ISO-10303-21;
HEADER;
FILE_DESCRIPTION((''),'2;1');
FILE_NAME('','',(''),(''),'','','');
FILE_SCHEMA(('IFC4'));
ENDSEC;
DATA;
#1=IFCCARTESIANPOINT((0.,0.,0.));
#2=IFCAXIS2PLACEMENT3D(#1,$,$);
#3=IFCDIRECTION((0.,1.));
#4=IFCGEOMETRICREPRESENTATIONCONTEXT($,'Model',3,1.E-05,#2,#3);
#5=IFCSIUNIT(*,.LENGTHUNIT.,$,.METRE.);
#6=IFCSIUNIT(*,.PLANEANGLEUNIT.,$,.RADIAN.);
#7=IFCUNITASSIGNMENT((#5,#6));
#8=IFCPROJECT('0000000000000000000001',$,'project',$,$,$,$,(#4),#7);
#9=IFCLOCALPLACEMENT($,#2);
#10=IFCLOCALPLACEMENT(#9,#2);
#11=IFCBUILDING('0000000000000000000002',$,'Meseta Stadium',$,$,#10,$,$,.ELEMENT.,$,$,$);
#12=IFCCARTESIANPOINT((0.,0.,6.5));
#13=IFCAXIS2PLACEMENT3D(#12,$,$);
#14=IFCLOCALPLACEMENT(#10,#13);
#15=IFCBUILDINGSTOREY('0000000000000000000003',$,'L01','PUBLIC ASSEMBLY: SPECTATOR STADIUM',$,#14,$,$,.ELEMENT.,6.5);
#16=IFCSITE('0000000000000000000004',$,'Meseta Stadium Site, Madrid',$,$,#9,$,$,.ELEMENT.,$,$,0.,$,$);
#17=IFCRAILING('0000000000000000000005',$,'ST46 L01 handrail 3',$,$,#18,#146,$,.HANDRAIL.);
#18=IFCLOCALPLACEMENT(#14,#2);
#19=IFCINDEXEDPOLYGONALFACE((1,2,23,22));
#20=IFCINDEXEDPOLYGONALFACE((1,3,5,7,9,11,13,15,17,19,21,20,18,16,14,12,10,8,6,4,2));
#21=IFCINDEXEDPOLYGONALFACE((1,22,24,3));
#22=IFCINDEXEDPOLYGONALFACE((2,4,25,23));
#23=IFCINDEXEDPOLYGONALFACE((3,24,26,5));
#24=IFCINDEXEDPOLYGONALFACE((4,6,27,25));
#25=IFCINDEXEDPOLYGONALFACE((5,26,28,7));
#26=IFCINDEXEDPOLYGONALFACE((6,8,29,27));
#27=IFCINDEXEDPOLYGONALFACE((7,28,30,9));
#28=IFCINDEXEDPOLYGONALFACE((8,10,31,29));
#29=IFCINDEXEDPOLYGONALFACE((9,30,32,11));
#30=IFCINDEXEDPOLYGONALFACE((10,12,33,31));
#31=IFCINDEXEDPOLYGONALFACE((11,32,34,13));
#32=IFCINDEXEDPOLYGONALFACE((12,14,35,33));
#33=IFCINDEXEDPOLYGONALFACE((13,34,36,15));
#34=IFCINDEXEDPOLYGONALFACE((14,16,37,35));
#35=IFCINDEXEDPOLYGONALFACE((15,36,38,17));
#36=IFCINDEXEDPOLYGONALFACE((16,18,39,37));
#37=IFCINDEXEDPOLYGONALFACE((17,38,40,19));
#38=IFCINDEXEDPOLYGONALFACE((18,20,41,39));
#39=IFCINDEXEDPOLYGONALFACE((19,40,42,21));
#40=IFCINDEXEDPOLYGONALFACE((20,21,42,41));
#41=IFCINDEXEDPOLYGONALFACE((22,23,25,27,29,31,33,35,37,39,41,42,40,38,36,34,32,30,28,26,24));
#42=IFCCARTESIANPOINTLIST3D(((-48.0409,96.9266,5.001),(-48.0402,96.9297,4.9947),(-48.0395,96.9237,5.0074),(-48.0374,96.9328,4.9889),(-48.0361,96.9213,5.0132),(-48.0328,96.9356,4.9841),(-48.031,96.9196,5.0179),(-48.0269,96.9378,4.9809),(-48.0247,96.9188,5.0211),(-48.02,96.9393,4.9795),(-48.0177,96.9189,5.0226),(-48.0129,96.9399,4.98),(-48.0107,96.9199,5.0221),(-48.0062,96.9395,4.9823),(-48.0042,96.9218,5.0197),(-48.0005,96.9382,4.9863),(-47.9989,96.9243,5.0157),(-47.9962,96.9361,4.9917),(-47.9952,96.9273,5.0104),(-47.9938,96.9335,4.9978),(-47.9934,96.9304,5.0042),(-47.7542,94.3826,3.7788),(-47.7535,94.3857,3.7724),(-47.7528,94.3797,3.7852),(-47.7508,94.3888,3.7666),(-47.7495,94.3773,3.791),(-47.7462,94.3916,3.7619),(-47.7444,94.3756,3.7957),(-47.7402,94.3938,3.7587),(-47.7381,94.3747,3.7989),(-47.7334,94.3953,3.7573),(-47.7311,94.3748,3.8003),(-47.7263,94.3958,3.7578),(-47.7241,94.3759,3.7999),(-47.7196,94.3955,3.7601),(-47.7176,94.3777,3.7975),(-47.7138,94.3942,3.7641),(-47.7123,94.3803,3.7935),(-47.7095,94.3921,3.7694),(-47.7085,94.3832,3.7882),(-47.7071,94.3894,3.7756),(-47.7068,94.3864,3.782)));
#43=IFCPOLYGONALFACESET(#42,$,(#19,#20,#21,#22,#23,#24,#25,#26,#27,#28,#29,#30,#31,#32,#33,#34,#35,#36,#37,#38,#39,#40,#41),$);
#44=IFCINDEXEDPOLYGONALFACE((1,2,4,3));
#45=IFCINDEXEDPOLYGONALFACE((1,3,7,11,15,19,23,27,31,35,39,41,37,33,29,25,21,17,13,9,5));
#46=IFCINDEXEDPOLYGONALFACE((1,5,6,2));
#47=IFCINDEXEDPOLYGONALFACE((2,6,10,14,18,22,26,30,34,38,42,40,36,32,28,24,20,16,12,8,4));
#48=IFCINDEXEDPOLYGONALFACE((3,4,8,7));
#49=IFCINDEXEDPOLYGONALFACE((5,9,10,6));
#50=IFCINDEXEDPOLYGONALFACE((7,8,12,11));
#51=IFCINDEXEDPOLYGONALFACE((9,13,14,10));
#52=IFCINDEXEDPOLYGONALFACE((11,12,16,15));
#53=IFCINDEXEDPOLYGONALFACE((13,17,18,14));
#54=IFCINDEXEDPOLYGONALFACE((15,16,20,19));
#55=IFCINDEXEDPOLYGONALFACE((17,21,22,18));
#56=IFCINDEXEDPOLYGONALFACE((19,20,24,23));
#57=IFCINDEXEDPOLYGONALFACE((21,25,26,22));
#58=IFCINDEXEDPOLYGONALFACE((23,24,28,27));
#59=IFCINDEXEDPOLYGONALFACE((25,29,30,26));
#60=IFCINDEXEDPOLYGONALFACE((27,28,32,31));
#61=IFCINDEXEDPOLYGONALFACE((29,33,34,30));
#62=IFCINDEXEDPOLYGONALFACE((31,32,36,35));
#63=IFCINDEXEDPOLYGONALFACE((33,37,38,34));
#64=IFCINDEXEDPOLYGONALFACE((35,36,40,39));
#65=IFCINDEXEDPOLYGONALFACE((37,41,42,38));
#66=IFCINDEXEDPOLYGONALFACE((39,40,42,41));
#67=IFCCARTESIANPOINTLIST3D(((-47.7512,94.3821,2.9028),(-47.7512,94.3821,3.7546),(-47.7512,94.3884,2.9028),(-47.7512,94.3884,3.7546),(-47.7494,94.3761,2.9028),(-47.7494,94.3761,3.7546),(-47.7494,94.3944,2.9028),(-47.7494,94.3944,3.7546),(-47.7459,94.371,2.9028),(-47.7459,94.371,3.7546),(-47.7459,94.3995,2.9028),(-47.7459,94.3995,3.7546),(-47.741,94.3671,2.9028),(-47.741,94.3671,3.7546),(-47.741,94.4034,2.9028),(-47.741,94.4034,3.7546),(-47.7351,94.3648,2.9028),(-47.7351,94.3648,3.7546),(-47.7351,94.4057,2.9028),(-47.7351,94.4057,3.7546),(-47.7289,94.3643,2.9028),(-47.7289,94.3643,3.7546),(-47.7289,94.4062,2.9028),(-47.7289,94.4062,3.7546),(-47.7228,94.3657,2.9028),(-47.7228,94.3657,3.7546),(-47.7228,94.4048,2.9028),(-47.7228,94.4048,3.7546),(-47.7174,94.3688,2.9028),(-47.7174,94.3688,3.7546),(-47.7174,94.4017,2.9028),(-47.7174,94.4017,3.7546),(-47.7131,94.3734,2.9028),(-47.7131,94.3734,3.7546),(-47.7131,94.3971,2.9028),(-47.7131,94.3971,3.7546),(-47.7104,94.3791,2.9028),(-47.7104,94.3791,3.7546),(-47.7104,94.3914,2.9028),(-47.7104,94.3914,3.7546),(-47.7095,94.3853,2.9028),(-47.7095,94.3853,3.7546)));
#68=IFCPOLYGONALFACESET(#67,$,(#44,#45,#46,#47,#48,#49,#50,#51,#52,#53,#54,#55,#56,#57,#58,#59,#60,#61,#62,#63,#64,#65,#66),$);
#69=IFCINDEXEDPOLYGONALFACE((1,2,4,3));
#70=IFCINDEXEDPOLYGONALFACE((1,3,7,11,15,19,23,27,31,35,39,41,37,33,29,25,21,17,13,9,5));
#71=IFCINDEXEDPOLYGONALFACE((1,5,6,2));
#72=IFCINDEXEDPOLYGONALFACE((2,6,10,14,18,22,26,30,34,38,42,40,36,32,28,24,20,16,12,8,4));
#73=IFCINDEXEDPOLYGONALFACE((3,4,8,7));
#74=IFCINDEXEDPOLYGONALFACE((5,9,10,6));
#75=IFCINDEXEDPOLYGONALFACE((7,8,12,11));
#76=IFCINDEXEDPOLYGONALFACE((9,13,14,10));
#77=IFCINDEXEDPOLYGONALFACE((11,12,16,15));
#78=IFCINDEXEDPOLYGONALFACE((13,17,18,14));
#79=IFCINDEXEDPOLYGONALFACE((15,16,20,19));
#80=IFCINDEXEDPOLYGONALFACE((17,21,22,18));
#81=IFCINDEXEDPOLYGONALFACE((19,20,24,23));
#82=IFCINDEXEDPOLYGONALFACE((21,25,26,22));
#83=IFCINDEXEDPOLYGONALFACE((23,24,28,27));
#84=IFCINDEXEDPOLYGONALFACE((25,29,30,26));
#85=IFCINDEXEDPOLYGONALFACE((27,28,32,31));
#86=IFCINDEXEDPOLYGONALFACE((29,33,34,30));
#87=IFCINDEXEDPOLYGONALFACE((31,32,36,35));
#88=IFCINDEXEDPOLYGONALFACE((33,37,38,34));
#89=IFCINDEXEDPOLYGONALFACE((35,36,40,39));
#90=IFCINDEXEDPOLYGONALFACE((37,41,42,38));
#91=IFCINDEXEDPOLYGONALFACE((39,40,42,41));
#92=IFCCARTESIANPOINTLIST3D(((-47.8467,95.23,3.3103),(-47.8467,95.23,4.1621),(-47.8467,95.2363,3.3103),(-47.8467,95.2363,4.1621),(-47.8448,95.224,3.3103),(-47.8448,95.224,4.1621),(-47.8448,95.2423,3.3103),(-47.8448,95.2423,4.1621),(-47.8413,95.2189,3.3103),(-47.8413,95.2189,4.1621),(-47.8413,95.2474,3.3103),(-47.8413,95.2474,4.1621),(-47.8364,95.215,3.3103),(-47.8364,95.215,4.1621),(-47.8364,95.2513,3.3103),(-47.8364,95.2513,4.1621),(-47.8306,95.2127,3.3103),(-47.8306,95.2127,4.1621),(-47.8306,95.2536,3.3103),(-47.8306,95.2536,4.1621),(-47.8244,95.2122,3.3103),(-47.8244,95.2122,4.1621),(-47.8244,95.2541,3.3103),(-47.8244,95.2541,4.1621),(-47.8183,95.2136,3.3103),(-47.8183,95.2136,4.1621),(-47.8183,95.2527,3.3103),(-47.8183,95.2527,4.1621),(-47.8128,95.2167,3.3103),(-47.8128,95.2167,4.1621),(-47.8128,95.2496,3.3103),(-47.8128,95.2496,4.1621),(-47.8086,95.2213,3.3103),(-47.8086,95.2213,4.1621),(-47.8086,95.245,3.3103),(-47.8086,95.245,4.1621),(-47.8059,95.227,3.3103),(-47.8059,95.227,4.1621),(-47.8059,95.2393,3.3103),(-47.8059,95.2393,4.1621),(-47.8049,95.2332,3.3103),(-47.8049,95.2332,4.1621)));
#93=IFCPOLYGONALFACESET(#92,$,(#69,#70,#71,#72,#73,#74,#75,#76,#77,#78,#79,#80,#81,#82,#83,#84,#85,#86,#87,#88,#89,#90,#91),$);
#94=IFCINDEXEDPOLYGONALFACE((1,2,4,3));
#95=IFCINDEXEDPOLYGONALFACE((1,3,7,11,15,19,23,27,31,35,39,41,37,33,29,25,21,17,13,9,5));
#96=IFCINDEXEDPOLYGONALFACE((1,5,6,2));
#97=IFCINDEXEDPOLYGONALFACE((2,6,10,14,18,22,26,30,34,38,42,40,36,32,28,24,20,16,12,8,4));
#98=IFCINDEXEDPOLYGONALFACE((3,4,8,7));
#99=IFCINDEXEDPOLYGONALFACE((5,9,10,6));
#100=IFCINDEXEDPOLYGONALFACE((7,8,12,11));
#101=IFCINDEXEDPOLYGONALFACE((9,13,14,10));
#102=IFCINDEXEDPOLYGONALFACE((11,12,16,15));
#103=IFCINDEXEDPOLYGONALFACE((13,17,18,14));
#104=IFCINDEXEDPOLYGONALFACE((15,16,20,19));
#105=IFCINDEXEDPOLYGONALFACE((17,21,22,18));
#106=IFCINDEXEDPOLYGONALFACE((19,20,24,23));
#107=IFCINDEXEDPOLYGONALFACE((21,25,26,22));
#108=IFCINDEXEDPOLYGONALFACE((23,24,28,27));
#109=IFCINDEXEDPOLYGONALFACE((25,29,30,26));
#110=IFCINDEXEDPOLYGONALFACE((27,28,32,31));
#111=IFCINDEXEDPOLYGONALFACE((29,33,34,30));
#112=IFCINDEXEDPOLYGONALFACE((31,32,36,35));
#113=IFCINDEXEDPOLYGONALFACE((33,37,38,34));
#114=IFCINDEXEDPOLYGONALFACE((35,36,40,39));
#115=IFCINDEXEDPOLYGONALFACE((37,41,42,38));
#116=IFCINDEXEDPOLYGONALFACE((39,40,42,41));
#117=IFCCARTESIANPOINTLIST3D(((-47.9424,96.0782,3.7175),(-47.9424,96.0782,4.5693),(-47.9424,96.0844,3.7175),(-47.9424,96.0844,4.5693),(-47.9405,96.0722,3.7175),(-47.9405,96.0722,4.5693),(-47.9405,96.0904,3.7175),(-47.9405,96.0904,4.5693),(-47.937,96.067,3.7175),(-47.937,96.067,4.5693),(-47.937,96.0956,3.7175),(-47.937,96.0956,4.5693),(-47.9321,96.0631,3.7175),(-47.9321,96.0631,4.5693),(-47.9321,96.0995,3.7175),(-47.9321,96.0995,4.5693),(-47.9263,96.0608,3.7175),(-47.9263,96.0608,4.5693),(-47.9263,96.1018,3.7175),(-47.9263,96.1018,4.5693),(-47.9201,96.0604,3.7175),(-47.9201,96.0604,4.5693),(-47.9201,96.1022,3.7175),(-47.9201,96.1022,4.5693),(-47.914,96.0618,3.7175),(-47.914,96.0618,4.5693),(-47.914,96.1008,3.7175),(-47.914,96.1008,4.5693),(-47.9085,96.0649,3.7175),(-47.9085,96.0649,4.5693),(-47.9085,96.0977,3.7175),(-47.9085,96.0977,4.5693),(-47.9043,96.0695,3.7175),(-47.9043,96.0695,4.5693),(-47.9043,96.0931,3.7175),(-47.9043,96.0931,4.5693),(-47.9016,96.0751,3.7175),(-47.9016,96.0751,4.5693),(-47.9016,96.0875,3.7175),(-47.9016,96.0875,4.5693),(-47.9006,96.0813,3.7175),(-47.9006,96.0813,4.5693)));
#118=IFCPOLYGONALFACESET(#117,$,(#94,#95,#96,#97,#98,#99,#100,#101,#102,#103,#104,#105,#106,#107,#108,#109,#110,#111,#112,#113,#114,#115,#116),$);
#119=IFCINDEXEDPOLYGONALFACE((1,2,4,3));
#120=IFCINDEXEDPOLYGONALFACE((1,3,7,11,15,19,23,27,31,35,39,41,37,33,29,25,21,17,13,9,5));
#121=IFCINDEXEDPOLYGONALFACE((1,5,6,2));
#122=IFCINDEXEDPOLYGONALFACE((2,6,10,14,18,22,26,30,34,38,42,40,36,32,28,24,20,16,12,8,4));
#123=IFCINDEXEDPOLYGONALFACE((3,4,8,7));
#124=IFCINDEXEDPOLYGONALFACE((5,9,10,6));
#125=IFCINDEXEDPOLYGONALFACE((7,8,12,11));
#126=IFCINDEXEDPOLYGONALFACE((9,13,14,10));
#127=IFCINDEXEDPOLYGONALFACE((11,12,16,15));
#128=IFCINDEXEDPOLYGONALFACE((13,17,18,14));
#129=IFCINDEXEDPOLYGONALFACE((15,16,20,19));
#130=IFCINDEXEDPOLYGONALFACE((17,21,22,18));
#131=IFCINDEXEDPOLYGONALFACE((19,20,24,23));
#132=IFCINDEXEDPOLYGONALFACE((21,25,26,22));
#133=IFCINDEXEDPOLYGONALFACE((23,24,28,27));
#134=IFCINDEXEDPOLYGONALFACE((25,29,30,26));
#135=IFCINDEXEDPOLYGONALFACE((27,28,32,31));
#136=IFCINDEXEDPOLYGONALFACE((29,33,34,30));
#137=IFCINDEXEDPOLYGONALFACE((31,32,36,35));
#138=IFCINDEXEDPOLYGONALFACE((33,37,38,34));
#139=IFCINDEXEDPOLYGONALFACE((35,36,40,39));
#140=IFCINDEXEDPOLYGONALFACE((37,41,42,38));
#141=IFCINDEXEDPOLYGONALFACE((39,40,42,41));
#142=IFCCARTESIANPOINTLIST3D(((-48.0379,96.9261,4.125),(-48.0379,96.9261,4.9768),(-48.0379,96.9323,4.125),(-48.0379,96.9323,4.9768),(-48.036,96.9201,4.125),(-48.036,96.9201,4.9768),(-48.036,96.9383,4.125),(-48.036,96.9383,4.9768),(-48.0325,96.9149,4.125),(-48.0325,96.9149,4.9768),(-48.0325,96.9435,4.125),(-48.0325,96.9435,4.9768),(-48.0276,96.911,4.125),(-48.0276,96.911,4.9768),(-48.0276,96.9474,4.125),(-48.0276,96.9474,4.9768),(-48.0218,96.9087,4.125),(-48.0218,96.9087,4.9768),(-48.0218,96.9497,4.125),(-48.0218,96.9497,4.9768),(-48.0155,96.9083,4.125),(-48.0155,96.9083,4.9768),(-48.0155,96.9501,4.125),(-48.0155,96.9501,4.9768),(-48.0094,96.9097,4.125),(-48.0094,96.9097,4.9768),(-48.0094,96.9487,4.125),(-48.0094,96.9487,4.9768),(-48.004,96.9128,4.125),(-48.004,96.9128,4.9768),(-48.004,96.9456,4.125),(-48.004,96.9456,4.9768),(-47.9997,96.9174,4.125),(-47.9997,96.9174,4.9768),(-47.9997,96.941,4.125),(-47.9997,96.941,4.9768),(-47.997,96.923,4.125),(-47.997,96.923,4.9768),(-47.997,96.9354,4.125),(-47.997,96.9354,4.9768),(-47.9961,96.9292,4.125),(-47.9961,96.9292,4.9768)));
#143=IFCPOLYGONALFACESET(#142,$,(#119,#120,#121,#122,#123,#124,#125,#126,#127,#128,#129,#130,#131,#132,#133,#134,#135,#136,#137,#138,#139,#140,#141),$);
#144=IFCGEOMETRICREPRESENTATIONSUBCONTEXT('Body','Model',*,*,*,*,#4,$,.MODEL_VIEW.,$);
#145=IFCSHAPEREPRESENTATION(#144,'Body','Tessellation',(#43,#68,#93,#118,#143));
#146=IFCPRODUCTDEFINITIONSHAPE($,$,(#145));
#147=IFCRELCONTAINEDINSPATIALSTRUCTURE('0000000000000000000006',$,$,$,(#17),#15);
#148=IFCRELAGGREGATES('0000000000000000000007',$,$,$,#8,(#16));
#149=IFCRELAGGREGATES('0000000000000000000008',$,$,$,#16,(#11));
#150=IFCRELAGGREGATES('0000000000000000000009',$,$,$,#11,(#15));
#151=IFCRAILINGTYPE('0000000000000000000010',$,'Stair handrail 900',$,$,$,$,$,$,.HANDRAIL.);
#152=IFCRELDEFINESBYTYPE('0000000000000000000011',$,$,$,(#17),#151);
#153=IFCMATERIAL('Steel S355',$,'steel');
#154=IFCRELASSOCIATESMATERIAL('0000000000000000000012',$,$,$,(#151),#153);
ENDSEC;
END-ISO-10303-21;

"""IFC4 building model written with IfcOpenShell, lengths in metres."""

from ifc_helpers import new_model, si_unit, direction, frame, origin, origin_2d, place, context, subcontext, project, spatial, circle, extrude, material, type_object, element, save


model = new_model("IFC4")

# Units and contexts
model_context = context("Model", 3, precision=1e-05, world=origin(), true_north=direction((0.0, 1.0)))
body_context = subcontext(model_context, "Body", "Model", "MODEL_VIEW")
ifc_project = project(units=[si_unit("LENGTHUNIT", "METRE"), si_unit("PLANEANGLEUNIT", "RADIAN")], contexts=[model_context])

# Site, building, storey
site_placement = place(None, origin())
site = spatial("IfcSite", under=ifc_project, at=site_placement, Name="Meseta Stadium Site, Madrid", CompositionType="ELEMENT", RefElevation=0.0)
building_placement = place(site_placement, origin())
building = spatial("IfcBuilding", under=site, at=building_placement, Name="Meseta Stadium", CompositionType="ELEMENT")
storey_placement = place(building_placement, frame((0.0, 0.0, 6.5)))
storey = spatial("IfcBuildingStorey", under=building, at=storey_placement, Name="L01", Description="PUBLIC ASSEMBLY: SPECTATOR STADIUM", CompositionType="ELEMENT", Elevation=6.5)

# Railing
ifc_material_1 = material(Name="Steel S355", Category="steel")
railing_type_1 = type_object("IfcRailingType", Name="Stair handrail 900", PredefinedType="HANDRAIL", material=ifc_material_1)
for number, where, name in (
    (1, (-47.7305, 94.3853, 2.9028), "ST46 L01 handrail 3"),
):
    element("IfcRailing", number, at=place(storey_placement, frame(where)), inside=storey, type_object=railing_type_1, Name=name, PredefinedType="HANDRAIL", context=body_context, shape_type="SweptSolid", body=[
        extrude(circle(Radius=0.0239, at=origin_2d()), frame((0.0, 0.0, 0.876), z_axis=(-0.101036, 0.896762, 0.430824), x_axis=(-0.993713, -0.11196, 0.0)), (0.0, 0.0, 1.0), 2.8369),
        extrude(circle(Radius=0.021, at=origin_2d()), origin(), (0.0, 0.0, 1.0), 0.8518),
        extrude(circle(Radius=0.021, at=origin_2d()), frame((-0.0955, 0.8479, 0.4075)), (0.0, 0.0, 1.0), 0.8518),
        extrude(circle(Radius=0.021, at=origin_2d()), frame((-0.1912, 1.696, 0.8147)), (0.0, 0.0, 1.0), 0.8518),
        extrude(circle(Radius=0.021, at=origin_2d()), frame((-0.2866, 2.5439, 1.2222)), (0.0, 0.0, 1.0), 0.8518),
    ])

save(model, "model.ifc")
